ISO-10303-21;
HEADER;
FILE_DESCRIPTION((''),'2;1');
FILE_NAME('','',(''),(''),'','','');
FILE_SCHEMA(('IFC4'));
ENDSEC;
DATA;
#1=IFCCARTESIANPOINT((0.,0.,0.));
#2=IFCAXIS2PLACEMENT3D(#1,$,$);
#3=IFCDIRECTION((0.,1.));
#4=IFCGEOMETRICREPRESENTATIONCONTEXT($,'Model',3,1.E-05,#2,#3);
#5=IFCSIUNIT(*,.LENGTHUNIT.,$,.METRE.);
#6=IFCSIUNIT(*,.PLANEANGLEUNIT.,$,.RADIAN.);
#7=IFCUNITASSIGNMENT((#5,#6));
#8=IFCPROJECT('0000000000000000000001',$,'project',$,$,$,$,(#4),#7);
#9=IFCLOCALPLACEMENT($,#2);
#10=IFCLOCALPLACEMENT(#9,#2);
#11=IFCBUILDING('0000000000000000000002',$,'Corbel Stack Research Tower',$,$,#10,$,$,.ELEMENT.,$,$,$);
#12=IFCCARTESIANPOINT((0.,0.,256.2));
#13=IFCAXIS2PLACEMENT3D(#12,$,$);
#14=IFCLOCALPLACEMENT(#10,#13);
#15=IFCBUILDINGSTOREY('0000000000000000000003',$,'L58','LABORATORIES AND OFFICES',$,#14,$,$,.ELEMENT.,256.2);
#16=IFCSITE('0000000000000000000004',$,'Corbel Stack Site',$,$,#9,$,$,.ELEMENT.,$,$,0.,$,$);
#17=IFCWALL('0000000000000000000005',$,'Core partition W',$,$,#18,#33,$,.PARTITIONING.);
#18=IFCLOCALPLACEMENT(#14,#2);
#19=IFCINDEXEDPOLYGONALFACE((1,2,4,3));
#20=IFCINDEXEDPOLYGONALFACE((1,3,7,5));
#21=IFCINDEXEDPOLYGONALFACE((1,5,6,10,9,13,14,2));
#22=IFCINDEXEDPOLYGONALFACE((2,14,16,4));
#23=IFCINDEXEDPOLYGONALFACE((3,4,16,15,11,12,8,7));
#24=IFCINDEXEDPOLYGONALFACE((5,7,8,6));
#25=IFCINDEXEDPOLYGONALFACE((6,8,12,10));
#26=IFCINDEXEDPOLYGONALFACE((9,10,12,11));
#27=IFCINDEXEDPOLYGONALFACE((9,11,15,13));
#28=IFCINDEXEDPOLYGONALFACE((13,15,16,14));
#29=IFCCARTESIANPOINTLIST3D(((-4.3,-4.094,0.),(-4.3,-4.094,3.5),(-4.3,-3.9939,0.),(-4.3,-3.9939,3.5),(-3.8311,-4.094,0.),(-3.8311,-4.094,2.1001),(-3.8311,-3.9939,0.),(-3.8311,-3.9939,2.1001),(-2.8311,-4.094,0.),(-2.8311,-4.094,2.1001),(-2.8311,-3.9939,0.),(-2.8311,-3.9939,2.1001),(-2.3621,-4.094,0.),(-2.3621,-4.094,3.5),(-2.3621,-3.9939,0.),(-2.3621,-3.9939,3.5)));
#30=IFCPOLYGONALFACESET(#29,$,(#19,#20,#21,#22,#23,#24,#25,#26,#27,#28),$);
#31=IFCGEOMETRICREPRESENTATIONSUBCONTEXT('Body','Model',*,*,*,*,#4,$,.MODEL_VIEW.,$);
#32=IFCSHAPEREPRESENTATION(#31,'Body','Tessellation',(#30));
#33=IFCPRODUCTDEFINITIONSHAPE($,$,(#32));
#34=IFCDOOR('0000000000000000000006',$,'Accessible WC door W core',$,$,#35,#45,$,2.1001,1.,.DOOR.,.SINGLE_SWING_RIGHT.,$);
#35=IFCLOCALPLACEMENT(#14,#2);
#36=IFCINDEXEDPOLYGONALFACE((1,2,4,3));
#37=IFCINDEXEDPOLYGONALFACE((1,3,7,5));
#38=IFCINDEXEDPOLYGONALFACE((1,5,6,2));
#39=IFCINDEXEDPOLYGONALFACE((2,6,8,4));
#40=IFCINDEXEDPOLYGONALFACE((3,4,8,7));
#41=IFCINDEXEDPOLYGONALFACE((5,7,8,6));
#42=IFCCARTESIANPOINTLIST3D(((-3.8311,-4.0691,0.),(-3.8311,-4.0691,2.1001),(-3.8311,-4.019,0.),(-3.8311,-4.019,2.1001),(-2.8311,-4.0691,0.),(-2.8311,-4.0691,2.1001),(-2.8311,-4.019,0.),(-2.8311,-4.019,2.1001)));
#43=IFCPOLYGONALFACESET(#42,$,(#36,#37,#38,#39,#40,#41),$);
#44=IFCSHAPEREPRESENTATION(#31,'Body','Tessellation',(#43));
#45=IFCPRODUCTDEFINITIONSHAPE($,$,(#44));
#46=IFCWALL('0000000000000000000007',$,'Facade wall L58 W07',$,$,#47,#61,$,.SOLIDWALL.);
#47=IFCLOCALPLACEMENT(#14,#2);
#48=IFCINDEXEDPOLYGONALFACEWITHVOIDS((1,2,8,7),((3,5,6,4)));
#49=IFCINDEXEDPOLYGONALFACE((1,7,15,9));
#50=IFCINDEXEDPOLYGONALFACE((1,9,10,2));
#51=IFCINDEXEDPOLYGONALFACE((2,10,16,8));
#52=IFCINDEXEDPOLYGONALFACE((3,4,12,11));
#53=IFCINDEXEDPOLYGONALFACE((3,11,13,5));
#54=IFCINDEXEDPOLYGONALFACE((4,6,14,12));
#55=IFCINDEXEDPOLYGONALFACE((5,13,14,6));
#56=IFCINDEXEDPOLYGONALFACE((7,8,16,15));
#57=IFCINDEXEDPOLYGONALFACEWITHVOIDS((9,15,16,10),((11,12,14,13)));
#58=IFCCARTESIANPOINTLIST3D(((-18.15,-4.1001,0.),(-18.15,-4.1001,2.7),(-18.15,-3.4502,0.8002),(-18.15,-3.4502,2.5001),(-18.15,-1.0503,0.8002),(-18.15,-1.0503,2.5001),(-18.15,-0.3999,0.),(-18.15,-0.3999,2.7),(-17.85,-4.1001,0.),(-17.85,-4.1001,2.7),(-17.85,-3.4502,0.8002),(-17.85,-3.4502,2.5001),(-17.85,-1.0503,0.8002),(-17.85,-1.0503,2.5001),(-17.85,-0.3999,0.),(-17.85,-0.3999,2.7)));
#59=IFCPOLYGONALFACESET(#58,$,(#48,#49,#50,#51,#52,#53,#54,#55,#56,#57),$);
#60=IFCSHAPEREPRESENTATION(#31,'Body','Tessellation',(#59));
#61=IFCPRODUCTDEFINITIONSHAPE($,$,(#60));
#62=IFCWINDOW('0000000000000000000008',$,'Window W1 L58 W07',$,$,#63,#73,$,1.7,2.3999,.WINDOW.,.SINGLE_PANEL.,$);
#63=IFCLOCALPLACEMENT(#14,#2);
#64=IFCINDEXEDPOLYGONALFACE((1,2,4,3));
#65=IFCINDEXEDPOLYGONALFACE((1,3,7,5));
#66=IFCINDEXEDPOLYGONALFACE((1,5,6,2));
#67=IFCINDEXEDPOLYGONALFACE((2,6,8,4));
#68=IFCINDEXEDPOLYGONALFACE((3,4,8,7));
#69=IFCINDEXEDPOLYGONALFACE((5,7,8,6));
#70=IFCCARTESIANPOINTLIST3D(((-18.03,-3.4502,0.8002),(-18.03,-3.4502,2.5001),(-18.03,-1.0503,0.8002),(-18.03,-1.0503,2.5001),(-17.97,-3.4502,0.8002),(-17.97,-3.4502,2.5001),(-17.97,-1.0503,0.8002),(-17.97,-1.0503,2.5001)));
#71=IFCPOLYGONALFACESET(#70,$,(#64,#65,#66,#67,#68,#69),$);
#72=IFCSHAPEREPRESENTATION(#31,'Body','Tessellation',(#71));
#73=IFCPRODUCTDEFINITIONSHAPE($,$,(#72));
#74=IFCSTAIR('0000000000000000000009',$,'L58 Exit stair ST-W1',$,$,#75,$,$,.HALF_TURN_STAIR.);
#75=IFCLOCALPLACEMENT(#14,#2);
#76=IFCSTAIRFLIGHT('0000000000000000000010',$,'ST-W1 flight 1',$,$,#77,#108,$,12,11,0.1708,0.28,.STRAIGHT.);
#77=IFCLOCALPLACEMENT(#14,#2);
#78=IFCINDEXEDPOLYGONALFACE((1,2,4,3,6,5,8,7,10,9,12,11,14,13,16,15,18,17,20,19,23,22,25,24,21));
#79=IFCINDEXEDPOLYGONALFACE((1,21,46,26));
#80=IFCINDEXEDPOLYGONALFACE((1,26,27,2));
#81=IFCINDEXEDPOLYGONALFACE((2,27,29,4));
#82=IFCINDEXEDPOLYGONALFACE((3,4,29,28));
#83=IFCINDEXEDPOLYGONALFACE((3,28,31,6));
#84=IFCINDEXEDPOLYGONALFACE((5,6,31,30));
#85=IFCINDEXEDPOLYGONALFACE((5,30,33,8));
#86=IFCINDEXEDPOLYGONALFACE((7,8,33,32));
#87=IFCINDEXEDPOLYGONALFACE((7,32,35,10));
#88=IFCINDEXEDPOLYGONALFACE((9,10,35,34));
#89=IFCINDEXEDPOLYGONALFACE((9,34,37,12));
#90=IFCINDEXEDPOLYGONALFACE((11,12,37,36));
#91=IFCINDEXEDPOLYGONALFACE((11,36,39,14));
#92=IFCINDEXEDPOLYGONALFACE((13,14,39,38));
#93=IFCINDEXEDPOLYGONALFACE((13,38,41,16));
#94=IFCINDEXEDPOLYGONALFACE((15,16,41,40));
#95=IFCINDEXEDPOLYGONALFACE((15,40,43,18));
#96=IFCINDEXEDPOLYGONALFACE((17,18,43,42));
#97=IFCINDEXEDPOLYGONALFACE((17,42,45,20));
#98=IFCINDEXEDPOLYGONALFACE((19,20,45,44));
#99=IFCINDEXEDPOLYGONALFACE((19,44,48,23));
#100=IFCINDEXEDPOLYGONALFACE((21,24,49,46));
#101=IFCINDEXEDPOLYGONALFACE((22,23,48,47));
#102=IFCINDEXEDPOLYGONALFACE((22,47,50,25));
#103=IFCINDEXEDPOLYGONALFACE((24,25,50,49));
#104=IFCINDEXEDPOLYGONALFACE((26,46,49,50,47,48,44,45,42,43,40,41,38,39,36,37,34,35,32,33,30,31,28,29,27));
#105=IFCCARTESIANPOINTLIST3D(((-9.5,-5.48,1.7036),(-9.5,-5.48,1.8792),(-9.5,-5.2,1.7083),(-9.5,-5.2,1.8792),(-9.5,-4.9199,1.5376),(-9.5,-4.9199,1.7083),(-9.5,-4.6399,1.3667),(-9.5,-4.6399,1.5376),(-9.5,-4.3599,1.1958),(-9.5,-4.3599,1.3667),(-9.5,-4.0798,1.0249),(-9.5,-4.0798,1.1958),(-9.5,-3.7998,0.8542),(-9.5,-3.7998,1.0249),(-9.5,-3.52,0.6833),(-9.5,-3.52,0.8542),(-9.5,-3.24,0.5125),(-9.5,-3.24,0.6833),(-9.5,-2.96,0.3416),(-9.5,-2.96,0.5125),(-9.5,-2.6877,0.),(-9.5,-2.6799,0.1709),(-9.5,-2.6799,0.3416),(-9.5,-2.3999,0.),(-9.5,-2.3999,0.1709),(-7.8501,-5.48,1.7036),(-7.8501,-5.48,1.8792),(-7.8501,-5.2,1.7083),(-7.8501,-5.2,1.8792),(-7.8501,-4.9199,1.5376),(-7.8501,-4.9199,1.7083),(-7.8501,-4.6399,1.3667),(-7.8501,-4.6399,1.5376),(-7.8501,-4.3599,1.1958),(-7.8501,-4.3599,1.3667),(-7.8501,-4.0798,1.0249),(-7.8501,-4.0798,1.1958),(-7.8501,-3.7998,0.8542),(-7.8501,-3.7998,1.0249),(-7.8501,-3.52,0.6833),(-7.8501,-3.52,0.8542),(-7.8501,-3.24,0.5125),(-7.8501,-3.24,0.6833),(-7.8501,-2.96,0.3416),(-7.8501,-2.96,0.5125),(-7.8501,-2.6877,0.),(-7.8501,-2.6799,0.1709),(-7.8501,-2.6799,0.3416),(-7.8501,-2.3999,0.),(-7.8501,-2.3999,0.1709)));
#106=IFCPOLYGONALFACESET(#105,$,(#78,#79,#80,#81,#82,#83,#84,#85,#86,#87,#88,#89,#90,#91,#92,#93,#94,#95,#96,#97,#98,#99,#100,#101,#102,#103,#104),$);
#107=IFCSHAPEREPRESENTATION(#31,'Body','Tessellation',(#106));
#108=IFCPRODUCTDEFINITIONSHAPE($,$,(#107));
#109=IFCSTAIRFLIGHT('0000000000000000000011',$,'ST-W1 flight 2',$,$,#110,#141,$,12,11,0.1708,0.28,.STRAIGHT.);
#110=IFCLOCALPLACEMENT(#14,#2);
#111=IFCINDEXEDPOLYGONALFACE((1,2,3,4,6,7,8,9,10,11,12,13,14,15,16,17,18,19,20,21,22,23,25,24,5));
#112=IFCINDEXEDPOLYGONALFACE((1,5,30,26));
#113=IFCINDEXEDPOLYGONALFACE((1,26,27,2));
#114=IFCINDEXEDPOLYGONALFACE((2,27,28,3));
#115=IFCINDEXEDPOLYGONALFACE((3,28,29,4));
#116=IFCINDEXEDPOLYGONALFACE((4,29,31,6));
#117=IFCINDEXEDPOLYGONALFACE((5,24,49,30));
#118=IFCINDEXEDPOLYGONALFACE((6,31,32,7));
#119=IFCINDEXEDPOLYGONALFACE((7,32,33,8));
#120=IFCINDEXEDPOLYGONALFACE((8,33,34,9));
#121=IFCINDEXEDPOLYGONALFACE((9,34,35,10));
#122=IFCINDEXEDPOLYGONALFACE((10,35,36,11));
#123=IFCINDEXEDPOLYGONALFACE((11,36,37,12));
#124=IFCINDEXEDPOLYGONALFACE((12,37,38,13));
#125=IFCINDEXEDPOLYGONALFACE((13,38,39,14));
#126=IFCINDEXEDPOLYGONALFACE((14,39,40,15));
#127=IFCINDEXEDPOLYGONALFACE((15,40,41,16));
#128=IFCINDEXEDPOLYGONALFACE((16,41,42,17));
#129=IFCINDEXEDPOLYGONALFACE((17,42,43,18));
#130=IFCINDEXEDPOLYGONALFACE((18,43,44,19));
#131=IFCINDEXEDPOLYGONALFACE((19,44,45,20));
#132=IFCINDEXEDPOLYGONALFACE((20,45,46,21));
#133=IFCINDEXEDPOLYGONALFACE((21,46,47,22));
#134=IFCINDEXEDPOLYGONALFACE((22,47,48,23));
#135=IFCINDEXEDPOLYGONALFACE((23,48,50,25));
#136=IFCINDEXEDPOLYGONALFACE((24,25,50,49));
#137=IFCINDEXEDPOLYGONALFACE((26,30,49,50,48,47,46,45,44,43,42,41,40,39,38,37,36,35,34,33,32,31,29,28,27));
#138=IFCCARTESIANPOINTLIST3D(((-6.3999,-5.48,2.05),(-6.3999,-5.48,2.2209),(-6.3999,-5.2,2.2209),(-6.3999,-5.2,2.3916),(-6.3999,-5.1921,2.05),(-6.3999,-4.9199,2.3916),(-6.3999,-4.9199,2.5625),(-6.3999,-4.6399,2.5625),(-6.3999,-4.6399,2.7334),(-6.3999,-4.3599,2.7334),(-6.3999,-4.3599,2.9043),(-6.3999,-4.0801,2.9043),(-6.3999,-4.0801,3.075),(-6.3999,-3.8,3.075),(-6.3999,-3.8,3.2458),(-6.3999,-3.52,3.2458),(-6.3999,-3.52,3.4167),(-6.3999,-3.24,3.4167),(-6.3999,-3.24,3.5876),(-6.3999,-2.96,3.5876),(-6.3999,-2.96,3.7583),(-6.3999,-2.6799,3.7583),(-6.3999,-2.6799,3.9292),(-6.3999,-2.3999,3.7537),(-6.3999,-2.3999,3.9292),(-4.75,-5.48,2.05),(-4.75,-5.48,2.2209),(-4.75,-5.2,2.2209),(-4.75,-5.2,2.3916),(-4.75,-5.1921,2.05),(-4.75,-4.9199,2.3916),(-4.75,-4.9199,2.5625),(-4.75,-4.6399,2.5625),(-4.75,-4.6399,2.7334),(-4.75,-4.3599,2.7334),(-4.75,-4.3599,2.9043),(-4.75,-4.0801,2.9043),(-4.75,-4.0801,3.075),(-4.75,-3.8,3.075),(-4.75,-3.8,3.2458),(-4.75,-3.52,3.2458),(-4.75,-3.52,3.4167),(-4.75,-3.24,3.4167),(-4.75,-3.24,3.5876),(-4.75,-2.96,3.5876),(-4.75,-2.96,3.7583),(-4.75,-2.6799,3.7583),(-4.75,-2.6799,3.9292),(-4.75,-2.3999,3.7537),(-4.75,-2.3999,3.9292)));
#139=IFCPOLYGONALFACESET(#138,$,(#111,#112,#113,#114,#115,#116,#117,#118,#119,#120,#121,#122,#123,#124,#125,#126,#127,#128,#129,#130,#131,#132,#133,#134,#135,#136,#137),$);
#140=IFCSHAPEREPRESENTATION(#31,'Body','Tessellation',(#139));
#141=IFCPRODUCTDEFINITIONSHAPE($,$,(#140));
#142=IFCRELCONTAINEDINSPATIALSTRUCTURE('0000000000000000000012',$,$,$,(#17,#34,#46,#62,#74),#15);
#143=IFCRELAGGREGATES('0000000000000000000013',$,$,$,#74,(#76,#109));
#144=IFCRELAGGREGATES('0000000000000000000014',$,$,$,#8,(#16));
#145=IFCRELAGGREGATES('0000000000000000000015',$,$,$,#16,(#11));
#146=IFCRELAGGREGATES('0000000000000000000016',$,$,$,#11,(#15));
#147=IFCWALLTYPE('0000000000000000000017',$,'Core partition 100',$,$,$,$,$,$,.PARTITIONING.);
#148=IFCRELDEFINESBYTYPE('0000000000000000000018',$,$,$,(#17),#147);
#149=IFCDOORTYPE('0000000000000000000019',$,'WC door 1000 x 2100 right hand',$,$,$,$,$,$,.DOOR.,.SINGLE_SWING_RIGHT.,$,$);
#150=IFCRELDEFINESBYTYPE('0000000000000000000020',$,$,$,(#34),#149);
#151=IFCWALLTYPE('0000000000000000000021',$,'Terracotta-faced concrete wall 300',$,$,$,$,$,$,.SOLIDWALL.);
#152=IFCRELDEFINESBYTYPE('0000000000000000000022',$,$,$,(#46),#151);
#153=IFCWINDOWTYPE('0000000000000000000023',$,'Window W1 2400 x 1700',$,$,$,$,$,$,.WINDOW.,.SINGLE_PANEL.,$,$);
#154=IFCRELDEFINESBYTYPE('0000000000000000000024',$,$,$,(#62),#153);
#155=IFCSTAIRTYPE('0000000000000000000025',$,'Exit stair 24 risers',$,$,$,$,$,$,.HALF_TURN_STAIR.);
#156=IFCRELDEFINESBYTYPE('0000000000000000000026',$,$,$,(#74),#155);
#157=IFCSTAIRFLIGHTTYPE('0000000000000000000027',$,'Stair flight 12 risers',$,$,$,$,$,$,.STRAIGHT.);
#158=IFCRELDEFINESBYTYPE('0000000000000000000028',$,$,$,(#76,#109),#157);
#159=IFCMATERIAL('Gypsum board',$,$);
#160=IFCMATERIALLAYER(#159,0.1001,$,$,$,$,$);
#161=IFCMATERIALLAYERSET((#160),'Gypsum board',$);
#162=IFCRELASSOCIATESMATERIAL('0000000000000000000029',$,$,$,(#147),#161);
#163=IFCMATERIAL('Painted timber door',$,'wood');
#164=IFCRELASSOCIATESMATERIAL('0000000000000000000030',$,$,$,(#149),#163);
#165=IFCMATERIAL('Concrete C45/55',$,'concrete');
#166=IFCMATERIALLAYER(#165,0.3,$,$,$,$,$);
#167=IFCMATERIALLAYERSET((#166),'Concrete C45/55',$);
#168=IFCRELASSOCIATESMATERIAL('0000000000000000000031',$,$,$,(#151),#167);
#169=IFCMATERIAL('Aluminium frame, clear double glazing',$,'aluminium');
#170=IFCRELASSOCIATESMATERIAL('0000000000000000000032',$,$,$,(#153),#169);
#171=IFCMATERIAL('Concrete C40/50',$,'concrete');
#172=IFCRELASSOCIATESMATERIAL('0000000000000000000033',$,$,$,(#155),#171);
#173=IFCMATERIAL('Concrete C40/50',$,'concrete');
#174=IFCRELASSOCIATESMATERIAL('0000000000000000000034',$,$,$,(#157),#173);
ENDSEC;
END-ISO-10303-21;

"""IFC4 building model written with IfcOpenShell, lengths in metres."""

from ifc_helpers import new_model, si_unit, direction, frame, frame_2d, origin, place, context, subcontext, project, spatial, polyline, rectangle, outline, extrude, material, layer, layer_set, type_object, element, fill, aggregate, save


model = new_model("IFC4")

# Units and contexts
model_context = context("Model", 3, precision=1e-05, world=origin(), true_north=direction((0.0, 1.0)))
body_context = subcontext(model_context, "Body", "Model", "MODEL_VIEW")
ifc_project = project(units=[si_unit("LENGTHUNIT", "METRE"), si_unit("PLANEANGLEUNIT", "RADIAN")], contexts=[model_context])

# Site, building, storey
site_placement = place(None, origin())
site = spatial("IfcSite", under=ifc_project, at=site_placement, Name="Corbel Stack Site", CompositionType="ELEMENT", RefElevation=0.0)
building_placement = place(site_placement, origin())
building = spatial("IfcBuilding", under=site, at=building_placement, Name="Corbel Stack Research Tower", CompositionType="ELEMENT")
storey_placement = place(building_placement, frame((0.0, 0.0, 256.2)))
storey = spatial("IfcBuildingStorey", under=building, at=storey_placement, Name="L58", Description="LABORATORIES AND OFFICES", CompositionType="ELEMENT", Elevation=256.2)

# Wall, opening, door
ifc_material_1 = material(Name="Gypsum board")
ifc_layer_1 = layer(ifc_material_1, 0.1001)
ifc_layer_set_1 = layer_set([ifc_layer_1], Name="Gypsum board")
wall_type_1 = type_object("IfcWallType", Name="Core partition 100", PredefinedType="PARTITIONING", material=ifc_layer_set_1)
ifc_material_2 = material(Name="Painted timber door", Category="wood")
door_type_1 = type_object("IfcDoorType", Name="WC door 1000 x 2100 right hand", OperationType="SINGLE_SWING_RIGHT", PredefinedType="DOOR", material=ifc_material_2)
wall_1_placement = place(storey_placement, frame((-4.3, -4.0439, 0.0), z_axis=(0.0, 0.0, 1.0), x_axis=(1.0, 0.0, 0.0)))
wall_1 = element("IfcWall", 1, at=wall_1_placement, inside=storey, type_object=wall_type_1, Name="Core partition W", PredefinedType="PARTITIONING", context=body_context, shape_type="SweptSolid", body=[
    extrude(rectangle(XDim=1.938, YDim=0.1001, at=frame_2d((0.969, 0.0))), origin(), (0.0, 0.0, 1.0), 3.5),
])
opening_1_placement = place(wall_1_placement, frame((0.469, 0.0, 0.0)))
opening_1 = element("IfcOpeningElement", 2, at=opening_1_placement, cuts=wall_1, PredefinedType="OPENING", context=body_context, shape_type="SweptSolid", body=[
    extrude(rectangle(XDim=1.0, YDim=2.1001, at=frame_2d((0.5, 1.05))), frame((0.0, 0.0601, 0.0), z_axis=(0.0, -1.0, 0.0), x_axis=(1.0, 0.0, 0.0)), (0.0, 0.0, 1.0), 0.1201),
])
door_1_placement = place(opening_1_placement, origin())
door_1 = element("IfcDoor", 3, at=door_1_placement, inside=storey, type_object=door_type_1, Name="Accessible WC door W core", OperationType="SINGLE_SWING_RIGHT", OverallHeight=2.1001, OverallWidth=1.0, PredefinedType="DOOR", context=body_context, shape_type="SweptSolid", body=[
    extrude(rectangle(XDim=1.0, YDim=2.1001, at=frame_2d((0.5, 1.05))), frame((0.0, 0.0249, 0.0), z_axis=(0.0, -1.0, 0.0), x_axis=(1.0, 0.0, 0.0)), (0.0, 0.0, 1.0), 0.05),
])
fill(opening_1, door_1)

# Wall, opening, window
ifc_material_3 = material(Name="Concrete C45/55", Category="concrete")
ifc_layer_2 = layer(ifc_material_3, 0.3)
ifc_layer_set_2 = layer_set([ifc_layer_2], Name="Concrete C45/55")
wall_type_2 = type_object("IfcWallType", Name="Terracotta-faced concrete wall 300", PredefinedType="SOLIDWALL", material=ifc_layer_set_2)
wall_2_placement = place(storey_placement, frame((-18.0, -4.1001, 0.0), z_axis=(0.0, 0.0, 1.0), x_axis=(0.0, 1.0, 0.0)))
wall_2 = element("IfcWall", 4, at=wall_2_placement, inside=storey, type_object=wall_type_2, Name="Facade wall L58 W07", PredefinedType="SOLIDWALL", context=body_context, shape_type="SweptSolid", body=[
    extrude(rectangle(XDim=3.7002, YDim=0.3, at=frame_2d((1.8501, 0.0))), origin(), (0.0, 0.0, 1.0), 2.7),
])
opening_2_placement = place(wall_2_placement, frame((0.6499, 0.0, 0.8)))
opening_2 = element("IfcOpeningElement", 5, at=opening_2_placement, cuts=wall_2, PredefinedType="OPENING", context=body_context, shape_type="SweptSolid", body=[
    extrude(rectangle(XDim=2.3999, YDim=1.7, at=frame_2d((1.2, 0.8501))), frame((0.0, 0.1599, 0.0), z_axis=(0.0, -1.0, 0.0), x_axis=(1.0, 0.0, 0.0)), (0.0, 0.0, 1.0), 0.3201),
])
ifc_material_4 = material(Name="Aluminium frame, clear double glazing", Category="aluminium")
window_type = type_object("IfcWindowType", Name="Window W1 2400 x 1700", PartitioningType="SINGLE_PANEL", PredefinedType="WINDOW", material=ifc_material_4)
window_placement = place(opening_2_placement, origin())
window = element("IfcWindow", 6, at=window_placement, inside=storey, type_object=window_type, Name="Window W1 L58 W07", OverallHeight=1.7, OverallWidth=2.3999, PartitioningType="SINGLE_PANEL", PredefinedType="WINDOW", context=body_context, shape_type="SweptSolid", body=[
    extrude(rectangle(XDim=2.3999, YDim=1.7, at=frame_2d((1.2, 0.8501))), frame((0.0, 0.03, 0.0), z_axis=(0.0, -1.0, 0.0), x_axis=(1.0, 0.0, 0.0)), (0.0, 0.0, 1.0), 0.0601),
])
fill(opening_2, window)

# Stair, stair flights
ifc_material_5 = material(Name="Concrete C40/50", Category="concrete")
stair_type = type_object("IfcStairType", Name="Exit stair 24 risers", PredefinedType="HALF_TURN_STAIR", material=ifc_material_5)
stair_placement = place(storey_placement, origin())
stair = element("IfcStair", 7, at=stair_placement, inside=storey, type_object=stair_type, Name="L58 Exit stair ST-W1", PredefinedType="HALF_TURN_STAIR")
ifc_material_6 = material(Name="Concrete C40/50", Category="concrete")
stair_flight_type = type_object("IfcStairFlightType", Name="Stair flight 12 risers", PredefinedType="STRAIGHT", material=ifc_material_6)
stair_flight_1_placement = place(storey_placement, frame((-8.675, -2.3999, 0.0), z_axis=(0.0, 0.0, 1.0), x_axis=(0.0, -1.0, 0.0)))
stair_flight_1 = element("IfcStairFlight", 8, at=stair_flight_1_placement, type_object=stair_flight_type, Name="ST-W1 flight 1", NumberOfRisers=12, NumberOfTreads=11, PredefinedType="STRAIGHT", RiserHeight=0.1708, TreadLength=0.28, context=body_context, shape_type="SweptSolid", body=[
    extrude(outline(polyline([(0.0, 0.0), (0.0, 0.1709), (0.28, 0.1709), (0.28, 0.3416), (0.5601, 0.3416), (0.5601, 0.5125), (0.8401, 0.5125), (0.8401, 0.6833), (1.1201, 0.6833), (1.1201, 0.8542), (1.3999, 0.8542), (1.3999, 1.0249), (1.6799, 1.0249), (1.6799, 1.1958), (1.96, 1.1958), (1.96, 1.3667), (2.24, 1.3667), (2.24, 1.5376), (2.52, 1.5376), (2.52, 1.7083), (2.8, 1.7083), (2.8, 1.8792), (3.0801, 1.8792), (3.0801, 2.05), (3.0801, 1.7036), (0.2878, 0.0), (0.0, 0.0)])), frame((0.0, 0.825, 0.0), z_axis=(0.0, -1.0, 0.0), x_axis=(1.0, 0.0, 0.0)), (0.0, 0.0, 1.0), 1.6499),
])
stair_flight_2_placement = place(storey_placement, frame((-5.575, -5.48, 2.05), z_axis=(0.0, 0.0, 1.0), x_axis=(0.0, 1.0, 0.0)))
stair_flight_2 = element("IfcStairFlight", 9, at=stair_flight_2_placement, type_object=stair_flight_type, Name="ST-W1 flight 2", NumberOfRisers=12, NumberOfTreads=11, PredefinedType="STRAIGHT", RiserHeight=0.1708, TreadLength=0.28, context=body_context, shape_type="SweptSolid", body=[
    extrude(outline(polyline([(0.0, 0.0), (0.0, 0.1709), (0.28, 0.1709), (0.28, 0.3416), (0.5601, 0.3416), (0.5601, 0.5125), (0.8401, 0.5125), (0.8401, 0.6833), (1.1201, 0.6833), (1.1201, 0.8542), (1.3999, 0.8542), (1.3999, 1.0249), (1.6799, 1.0249), (1.6799, 1.1958), (1.96, 1.1958), (1.96, 1.3667), (2.24, 1.3667), (2.24, 1.5376), (2.52, 1.5376), (2.52, 1.7083), (2.8, 1.7083), (2.8, 1.8792), (3.0801, 1.8792), (3.0801, 2.05), (3.0801, 1.7036), (0.2878, 0.0), (0.0, 0.0)])), frame((0.0, 0.825, 0.0), z_axis=(0.0, -1.0, 0.0), x_axis=(1.0, 0.0, 0.0)), (0.0, 0.0, 1.0), 1.6499),
])
aggregate(stair, [stair_flight_1, stair_flight_2])

save(model, "model.ifc")
